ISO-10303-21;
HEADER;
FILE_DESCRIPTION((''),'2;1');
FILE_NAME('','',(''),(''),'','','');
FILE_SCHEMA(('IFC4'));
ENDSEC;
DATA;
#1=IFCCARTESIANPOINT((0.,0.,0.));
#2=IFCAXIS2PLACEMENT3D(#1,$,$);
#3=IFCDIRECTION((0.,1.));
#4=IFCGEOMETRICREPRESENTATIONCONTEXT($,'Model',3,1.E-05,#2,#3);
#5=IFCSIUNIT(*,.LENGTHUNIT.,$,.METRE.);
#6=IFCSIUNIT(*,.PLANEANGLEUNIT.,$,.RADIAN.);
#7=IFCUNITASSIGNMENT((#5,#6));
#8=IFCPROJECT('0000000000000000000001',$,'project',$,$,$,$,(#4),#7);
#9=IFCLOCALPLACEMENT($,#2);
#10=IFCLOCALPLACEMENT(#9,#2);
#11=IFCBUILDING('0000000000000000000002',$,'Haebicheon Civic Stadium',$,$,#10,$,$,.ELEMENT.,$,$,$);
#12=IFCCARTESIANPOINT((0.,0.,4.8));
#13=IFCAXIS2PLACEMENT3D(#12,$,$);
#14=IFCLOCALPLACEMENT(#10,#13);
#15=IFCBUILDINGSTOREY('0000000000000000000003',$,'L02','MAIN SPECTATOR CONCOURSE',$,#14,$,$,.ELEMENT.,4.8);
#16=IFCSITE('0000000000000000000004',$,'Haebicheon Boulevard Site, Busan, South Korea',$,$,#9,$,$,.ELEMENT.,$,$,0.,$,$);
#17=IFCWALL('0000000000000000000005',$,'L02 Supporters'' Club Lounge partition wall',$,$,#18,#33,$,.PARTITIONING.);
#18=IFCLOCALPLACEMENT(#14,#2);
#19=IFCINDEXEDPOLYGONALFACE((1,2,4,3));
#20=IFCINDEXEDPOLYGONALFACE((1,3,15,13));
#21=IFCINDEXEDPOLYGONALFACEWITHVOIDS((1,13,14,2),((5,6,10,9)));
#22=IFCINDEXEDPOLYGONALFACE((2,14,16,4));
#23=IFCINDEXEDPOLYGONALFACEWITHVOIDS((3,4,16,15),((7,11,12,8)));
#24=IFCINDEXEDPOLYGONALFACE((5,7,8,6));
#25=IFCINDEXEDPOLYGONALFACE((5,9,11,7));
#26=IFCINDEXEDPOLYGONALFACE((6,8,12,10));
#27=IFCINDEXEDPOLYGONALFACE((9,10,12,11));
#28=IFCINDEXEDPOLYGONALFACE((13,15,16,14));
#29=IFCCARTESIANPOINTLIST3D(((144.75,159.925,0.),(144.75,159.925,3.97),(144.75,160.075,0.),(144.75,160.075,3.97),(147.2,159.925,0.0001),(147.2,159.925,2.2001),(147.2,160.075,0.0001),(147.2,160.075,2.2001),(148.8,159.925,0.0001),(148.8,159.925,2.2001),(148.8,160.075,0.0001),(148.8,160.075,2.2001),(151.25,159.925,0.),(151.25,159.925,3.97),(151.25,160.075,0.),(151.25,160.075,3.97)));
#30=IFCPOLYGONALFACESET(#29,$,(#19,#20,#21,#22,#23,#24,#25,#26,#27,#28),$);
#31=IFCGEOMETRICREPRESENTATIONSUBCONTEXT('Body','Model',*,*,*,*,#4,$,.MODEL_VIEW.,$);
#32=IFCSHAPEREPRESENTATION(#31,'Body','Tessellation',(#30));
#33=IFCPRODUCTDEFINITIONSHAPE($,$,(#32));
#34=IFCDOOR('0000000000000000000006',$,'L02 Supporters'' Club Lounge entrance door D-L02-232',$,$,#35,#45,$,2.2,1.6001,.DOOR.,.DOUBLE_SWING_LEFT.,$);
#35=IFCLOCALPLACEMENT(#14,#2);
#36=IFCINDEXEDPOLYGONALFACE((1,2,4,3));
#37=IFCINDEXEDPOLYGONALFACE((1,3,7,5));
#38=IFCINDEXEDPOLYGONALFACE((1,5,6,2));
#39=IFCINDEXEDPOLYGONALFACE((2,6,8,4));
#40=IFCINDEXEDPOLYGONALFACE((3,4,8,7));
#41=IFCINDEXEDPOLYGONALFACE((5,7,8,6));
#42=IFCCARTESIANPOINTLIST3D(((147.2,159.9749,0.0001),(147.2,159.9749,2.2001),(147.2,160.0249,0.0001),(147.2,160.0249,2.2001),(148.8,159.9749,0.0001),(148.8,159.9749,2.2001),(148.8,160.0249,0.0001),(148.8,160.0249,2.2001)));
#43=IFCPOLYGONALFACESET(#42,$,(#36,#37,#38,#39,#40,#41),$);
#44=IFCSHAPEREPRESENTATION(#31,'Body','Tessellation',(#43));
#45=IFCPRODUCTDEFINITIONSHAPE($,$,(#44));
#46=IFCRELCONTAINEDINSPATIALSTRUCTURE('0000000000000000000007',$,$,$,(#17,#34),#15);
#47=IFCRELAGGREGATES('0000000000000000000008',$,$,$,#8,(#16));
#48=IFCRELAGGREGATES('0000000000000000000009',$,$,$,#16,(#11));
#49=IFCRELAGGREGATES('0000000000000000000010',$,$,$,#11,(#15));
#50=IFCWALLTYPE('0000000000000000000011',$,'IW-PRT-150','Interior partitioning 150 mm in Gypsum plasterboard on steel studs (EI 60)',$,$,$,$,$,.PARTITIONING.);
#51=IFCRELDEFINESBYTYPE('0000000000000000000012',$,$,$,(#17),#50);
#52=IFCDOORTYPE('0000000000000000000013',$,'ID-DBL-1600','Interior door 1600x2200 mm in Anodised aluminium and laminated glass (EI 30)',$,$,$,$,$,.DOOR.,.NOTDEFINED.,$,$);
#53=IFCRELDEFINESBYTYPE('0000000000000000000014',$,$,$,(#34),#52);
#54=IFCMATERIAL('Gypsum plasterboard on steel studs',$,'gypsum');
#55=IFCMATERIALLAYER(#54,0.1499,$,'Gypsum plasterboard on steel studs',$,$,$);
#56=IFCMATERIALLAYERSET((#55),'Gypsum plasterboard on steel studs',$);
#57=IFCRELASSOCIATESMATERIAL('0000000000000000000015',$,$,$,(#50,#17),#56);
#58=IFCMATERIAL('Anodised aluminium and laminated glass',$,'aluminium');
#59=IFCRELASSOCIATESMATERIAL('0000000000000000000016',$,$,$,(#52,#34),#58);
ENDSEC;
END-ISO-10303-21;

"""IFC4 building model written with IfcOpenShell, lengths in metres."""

from ifc_helpers import new_model, si_unit, direction, frame, frame_2d, origin, place, context, subcontext, project, spatial, rectangle, extrude, material, layer, layer_set, type_object, element, fill, save


model = new_model("IFC4")

# Units and contexts
model_context = context("Model", 3, precision=1e-05, world=origin(), true_north=direction((0.0, 1.0)))
body_context = subcontext(model_context, "Body", "Model", "MODEL_VIEW")
ifc_project = project(units=[si_unit("LENGTHUNIT", "METRE"), si_unit("PLANEANGLEUNIT", "RADIAN")], contexts=[model_context])

# Site, building, storey
site_placement = place(None, origin())
site = spatial("IfcSite", under=ifc_project, at=site_placement, Name="Haebicheon Boulevard Site, Busan, South Korea", CompositionType="ELEMENT", RefElevation=0.0)
building_placement = place(site_placement, origin())
building = spatial("IfcBuilding", under=site, at=building_placement, Name="Haebicheon Civic Stadium", CompositionType="ELEMENT")
storey_placement = place(building_placement, frame((0.0, 0.0, 4.8)))
storey = spatial("IfcBuildingStorey", under=building, at=storey_placement, Name="L02", Description="MAIN SPECTATOR CONCOURSE", CompositionType="ELEMENT", Elevation=4.8)

# Wall, opening, door
ifc_material_1 = material(Name="Gypsum plasterboard on steel studs", Category="gypsum")
ifc_layer_1 = layer(ifc_material_1, 0.1499, Name="Gypsum plasterboard on steel studs")
ifc_layer_set_1 = layer_set([ifc_layer_1], Name="Gypsum plasterboard on steel studs")
wall_type_1 = type_object("IfcWallType", Name="IW-PRT-150", Description="Interior partitioning 150 mm in Gypsum plasterboard on steel studs (EI 60)", PredefinedType="PARTITIONING", material=ifc_layer_set_1)
wall_1_placement = place(storey_placement, frame((144.75, 160.0, 0.0), z_axis=(0.0, 0.0, 1.0), x_axis=(1.0, 0.0, 0.0)))
wall_1 = element("IfcWall", 1, at=wall_1_placement, inside=storey, type_object=wall_type_1, material=ifc_layer_set_1, Name="L02 Supporters' Club Lounge partition wall", PredefinedType="PARTITIONING", context=body_context, shape_type="SweptSolid", body=[
    extrude(rectangle(XDim=6.5, YDim=0.1499, at=frame_2d((3.25, 0.0))), origin(), (0.0, 0.0, 1.0), 3.97),
])
opening_placement = place(wall_1_placement, frame((2.45, 0.0, 0.0)))
opening = element("IfcOpeningElement", 2, at=opening_placement, cuts=wall_1, PredefinedType="OPENING", context=body_context, shape_type="SweptSolid", body=[
    extrude(rectangle(XDim=1.6001, YDim=2.2, at=frame_2d((0.8, 1.1001))), frame((0.0, 0.085, 0.0), z_axis=(0.0, -1.0, 0.0), x_axis=(1.0, 0.0, 0.0)), (0.0, 0.0, 1.0), 0.1699),
])
ifc_material_2 = material(Name="Anodised aluminium and laminated glass", Category="aluminium")
door_type = type_object("IfcDoorType", Name="ID-DBL-1600", Description="Interior door 1600x2200 mm in Anodised aluminium and laminated glass (EI 30)", OperationType="NOTDEFINED", PredefinedType="DOOR", material=ifc_material_2)
door_placement = place(opening_placement, origin())
door = element("IfcDoor", 3, at=door_placement, inside=storey, type_object=door_type, material=ifc_material_2, Name="L02 Supporters' Club Lounge entrance door D-L02-232", OperationType="DOUBLE_SWING_LEFT", OverallHeight=2.2, OverallWidth=1.6001, PredefinedType="DOOR", context=body_context, shape_type="SweptSolid", body=[
    extrude(rectangle(XDim=1.6001, YDim=2.2, at=frame_2d((0.8, 1.1001))), frame((0.0, 0.0249, 0.0), z_axis=(0.0, -1.0, 0.0), x_axis=(1.0, 0.0, 0.0)), (0.0, 0.0, 1.0), 0.05),
])
fill(opening, door)

save(model, "model.ifc")
